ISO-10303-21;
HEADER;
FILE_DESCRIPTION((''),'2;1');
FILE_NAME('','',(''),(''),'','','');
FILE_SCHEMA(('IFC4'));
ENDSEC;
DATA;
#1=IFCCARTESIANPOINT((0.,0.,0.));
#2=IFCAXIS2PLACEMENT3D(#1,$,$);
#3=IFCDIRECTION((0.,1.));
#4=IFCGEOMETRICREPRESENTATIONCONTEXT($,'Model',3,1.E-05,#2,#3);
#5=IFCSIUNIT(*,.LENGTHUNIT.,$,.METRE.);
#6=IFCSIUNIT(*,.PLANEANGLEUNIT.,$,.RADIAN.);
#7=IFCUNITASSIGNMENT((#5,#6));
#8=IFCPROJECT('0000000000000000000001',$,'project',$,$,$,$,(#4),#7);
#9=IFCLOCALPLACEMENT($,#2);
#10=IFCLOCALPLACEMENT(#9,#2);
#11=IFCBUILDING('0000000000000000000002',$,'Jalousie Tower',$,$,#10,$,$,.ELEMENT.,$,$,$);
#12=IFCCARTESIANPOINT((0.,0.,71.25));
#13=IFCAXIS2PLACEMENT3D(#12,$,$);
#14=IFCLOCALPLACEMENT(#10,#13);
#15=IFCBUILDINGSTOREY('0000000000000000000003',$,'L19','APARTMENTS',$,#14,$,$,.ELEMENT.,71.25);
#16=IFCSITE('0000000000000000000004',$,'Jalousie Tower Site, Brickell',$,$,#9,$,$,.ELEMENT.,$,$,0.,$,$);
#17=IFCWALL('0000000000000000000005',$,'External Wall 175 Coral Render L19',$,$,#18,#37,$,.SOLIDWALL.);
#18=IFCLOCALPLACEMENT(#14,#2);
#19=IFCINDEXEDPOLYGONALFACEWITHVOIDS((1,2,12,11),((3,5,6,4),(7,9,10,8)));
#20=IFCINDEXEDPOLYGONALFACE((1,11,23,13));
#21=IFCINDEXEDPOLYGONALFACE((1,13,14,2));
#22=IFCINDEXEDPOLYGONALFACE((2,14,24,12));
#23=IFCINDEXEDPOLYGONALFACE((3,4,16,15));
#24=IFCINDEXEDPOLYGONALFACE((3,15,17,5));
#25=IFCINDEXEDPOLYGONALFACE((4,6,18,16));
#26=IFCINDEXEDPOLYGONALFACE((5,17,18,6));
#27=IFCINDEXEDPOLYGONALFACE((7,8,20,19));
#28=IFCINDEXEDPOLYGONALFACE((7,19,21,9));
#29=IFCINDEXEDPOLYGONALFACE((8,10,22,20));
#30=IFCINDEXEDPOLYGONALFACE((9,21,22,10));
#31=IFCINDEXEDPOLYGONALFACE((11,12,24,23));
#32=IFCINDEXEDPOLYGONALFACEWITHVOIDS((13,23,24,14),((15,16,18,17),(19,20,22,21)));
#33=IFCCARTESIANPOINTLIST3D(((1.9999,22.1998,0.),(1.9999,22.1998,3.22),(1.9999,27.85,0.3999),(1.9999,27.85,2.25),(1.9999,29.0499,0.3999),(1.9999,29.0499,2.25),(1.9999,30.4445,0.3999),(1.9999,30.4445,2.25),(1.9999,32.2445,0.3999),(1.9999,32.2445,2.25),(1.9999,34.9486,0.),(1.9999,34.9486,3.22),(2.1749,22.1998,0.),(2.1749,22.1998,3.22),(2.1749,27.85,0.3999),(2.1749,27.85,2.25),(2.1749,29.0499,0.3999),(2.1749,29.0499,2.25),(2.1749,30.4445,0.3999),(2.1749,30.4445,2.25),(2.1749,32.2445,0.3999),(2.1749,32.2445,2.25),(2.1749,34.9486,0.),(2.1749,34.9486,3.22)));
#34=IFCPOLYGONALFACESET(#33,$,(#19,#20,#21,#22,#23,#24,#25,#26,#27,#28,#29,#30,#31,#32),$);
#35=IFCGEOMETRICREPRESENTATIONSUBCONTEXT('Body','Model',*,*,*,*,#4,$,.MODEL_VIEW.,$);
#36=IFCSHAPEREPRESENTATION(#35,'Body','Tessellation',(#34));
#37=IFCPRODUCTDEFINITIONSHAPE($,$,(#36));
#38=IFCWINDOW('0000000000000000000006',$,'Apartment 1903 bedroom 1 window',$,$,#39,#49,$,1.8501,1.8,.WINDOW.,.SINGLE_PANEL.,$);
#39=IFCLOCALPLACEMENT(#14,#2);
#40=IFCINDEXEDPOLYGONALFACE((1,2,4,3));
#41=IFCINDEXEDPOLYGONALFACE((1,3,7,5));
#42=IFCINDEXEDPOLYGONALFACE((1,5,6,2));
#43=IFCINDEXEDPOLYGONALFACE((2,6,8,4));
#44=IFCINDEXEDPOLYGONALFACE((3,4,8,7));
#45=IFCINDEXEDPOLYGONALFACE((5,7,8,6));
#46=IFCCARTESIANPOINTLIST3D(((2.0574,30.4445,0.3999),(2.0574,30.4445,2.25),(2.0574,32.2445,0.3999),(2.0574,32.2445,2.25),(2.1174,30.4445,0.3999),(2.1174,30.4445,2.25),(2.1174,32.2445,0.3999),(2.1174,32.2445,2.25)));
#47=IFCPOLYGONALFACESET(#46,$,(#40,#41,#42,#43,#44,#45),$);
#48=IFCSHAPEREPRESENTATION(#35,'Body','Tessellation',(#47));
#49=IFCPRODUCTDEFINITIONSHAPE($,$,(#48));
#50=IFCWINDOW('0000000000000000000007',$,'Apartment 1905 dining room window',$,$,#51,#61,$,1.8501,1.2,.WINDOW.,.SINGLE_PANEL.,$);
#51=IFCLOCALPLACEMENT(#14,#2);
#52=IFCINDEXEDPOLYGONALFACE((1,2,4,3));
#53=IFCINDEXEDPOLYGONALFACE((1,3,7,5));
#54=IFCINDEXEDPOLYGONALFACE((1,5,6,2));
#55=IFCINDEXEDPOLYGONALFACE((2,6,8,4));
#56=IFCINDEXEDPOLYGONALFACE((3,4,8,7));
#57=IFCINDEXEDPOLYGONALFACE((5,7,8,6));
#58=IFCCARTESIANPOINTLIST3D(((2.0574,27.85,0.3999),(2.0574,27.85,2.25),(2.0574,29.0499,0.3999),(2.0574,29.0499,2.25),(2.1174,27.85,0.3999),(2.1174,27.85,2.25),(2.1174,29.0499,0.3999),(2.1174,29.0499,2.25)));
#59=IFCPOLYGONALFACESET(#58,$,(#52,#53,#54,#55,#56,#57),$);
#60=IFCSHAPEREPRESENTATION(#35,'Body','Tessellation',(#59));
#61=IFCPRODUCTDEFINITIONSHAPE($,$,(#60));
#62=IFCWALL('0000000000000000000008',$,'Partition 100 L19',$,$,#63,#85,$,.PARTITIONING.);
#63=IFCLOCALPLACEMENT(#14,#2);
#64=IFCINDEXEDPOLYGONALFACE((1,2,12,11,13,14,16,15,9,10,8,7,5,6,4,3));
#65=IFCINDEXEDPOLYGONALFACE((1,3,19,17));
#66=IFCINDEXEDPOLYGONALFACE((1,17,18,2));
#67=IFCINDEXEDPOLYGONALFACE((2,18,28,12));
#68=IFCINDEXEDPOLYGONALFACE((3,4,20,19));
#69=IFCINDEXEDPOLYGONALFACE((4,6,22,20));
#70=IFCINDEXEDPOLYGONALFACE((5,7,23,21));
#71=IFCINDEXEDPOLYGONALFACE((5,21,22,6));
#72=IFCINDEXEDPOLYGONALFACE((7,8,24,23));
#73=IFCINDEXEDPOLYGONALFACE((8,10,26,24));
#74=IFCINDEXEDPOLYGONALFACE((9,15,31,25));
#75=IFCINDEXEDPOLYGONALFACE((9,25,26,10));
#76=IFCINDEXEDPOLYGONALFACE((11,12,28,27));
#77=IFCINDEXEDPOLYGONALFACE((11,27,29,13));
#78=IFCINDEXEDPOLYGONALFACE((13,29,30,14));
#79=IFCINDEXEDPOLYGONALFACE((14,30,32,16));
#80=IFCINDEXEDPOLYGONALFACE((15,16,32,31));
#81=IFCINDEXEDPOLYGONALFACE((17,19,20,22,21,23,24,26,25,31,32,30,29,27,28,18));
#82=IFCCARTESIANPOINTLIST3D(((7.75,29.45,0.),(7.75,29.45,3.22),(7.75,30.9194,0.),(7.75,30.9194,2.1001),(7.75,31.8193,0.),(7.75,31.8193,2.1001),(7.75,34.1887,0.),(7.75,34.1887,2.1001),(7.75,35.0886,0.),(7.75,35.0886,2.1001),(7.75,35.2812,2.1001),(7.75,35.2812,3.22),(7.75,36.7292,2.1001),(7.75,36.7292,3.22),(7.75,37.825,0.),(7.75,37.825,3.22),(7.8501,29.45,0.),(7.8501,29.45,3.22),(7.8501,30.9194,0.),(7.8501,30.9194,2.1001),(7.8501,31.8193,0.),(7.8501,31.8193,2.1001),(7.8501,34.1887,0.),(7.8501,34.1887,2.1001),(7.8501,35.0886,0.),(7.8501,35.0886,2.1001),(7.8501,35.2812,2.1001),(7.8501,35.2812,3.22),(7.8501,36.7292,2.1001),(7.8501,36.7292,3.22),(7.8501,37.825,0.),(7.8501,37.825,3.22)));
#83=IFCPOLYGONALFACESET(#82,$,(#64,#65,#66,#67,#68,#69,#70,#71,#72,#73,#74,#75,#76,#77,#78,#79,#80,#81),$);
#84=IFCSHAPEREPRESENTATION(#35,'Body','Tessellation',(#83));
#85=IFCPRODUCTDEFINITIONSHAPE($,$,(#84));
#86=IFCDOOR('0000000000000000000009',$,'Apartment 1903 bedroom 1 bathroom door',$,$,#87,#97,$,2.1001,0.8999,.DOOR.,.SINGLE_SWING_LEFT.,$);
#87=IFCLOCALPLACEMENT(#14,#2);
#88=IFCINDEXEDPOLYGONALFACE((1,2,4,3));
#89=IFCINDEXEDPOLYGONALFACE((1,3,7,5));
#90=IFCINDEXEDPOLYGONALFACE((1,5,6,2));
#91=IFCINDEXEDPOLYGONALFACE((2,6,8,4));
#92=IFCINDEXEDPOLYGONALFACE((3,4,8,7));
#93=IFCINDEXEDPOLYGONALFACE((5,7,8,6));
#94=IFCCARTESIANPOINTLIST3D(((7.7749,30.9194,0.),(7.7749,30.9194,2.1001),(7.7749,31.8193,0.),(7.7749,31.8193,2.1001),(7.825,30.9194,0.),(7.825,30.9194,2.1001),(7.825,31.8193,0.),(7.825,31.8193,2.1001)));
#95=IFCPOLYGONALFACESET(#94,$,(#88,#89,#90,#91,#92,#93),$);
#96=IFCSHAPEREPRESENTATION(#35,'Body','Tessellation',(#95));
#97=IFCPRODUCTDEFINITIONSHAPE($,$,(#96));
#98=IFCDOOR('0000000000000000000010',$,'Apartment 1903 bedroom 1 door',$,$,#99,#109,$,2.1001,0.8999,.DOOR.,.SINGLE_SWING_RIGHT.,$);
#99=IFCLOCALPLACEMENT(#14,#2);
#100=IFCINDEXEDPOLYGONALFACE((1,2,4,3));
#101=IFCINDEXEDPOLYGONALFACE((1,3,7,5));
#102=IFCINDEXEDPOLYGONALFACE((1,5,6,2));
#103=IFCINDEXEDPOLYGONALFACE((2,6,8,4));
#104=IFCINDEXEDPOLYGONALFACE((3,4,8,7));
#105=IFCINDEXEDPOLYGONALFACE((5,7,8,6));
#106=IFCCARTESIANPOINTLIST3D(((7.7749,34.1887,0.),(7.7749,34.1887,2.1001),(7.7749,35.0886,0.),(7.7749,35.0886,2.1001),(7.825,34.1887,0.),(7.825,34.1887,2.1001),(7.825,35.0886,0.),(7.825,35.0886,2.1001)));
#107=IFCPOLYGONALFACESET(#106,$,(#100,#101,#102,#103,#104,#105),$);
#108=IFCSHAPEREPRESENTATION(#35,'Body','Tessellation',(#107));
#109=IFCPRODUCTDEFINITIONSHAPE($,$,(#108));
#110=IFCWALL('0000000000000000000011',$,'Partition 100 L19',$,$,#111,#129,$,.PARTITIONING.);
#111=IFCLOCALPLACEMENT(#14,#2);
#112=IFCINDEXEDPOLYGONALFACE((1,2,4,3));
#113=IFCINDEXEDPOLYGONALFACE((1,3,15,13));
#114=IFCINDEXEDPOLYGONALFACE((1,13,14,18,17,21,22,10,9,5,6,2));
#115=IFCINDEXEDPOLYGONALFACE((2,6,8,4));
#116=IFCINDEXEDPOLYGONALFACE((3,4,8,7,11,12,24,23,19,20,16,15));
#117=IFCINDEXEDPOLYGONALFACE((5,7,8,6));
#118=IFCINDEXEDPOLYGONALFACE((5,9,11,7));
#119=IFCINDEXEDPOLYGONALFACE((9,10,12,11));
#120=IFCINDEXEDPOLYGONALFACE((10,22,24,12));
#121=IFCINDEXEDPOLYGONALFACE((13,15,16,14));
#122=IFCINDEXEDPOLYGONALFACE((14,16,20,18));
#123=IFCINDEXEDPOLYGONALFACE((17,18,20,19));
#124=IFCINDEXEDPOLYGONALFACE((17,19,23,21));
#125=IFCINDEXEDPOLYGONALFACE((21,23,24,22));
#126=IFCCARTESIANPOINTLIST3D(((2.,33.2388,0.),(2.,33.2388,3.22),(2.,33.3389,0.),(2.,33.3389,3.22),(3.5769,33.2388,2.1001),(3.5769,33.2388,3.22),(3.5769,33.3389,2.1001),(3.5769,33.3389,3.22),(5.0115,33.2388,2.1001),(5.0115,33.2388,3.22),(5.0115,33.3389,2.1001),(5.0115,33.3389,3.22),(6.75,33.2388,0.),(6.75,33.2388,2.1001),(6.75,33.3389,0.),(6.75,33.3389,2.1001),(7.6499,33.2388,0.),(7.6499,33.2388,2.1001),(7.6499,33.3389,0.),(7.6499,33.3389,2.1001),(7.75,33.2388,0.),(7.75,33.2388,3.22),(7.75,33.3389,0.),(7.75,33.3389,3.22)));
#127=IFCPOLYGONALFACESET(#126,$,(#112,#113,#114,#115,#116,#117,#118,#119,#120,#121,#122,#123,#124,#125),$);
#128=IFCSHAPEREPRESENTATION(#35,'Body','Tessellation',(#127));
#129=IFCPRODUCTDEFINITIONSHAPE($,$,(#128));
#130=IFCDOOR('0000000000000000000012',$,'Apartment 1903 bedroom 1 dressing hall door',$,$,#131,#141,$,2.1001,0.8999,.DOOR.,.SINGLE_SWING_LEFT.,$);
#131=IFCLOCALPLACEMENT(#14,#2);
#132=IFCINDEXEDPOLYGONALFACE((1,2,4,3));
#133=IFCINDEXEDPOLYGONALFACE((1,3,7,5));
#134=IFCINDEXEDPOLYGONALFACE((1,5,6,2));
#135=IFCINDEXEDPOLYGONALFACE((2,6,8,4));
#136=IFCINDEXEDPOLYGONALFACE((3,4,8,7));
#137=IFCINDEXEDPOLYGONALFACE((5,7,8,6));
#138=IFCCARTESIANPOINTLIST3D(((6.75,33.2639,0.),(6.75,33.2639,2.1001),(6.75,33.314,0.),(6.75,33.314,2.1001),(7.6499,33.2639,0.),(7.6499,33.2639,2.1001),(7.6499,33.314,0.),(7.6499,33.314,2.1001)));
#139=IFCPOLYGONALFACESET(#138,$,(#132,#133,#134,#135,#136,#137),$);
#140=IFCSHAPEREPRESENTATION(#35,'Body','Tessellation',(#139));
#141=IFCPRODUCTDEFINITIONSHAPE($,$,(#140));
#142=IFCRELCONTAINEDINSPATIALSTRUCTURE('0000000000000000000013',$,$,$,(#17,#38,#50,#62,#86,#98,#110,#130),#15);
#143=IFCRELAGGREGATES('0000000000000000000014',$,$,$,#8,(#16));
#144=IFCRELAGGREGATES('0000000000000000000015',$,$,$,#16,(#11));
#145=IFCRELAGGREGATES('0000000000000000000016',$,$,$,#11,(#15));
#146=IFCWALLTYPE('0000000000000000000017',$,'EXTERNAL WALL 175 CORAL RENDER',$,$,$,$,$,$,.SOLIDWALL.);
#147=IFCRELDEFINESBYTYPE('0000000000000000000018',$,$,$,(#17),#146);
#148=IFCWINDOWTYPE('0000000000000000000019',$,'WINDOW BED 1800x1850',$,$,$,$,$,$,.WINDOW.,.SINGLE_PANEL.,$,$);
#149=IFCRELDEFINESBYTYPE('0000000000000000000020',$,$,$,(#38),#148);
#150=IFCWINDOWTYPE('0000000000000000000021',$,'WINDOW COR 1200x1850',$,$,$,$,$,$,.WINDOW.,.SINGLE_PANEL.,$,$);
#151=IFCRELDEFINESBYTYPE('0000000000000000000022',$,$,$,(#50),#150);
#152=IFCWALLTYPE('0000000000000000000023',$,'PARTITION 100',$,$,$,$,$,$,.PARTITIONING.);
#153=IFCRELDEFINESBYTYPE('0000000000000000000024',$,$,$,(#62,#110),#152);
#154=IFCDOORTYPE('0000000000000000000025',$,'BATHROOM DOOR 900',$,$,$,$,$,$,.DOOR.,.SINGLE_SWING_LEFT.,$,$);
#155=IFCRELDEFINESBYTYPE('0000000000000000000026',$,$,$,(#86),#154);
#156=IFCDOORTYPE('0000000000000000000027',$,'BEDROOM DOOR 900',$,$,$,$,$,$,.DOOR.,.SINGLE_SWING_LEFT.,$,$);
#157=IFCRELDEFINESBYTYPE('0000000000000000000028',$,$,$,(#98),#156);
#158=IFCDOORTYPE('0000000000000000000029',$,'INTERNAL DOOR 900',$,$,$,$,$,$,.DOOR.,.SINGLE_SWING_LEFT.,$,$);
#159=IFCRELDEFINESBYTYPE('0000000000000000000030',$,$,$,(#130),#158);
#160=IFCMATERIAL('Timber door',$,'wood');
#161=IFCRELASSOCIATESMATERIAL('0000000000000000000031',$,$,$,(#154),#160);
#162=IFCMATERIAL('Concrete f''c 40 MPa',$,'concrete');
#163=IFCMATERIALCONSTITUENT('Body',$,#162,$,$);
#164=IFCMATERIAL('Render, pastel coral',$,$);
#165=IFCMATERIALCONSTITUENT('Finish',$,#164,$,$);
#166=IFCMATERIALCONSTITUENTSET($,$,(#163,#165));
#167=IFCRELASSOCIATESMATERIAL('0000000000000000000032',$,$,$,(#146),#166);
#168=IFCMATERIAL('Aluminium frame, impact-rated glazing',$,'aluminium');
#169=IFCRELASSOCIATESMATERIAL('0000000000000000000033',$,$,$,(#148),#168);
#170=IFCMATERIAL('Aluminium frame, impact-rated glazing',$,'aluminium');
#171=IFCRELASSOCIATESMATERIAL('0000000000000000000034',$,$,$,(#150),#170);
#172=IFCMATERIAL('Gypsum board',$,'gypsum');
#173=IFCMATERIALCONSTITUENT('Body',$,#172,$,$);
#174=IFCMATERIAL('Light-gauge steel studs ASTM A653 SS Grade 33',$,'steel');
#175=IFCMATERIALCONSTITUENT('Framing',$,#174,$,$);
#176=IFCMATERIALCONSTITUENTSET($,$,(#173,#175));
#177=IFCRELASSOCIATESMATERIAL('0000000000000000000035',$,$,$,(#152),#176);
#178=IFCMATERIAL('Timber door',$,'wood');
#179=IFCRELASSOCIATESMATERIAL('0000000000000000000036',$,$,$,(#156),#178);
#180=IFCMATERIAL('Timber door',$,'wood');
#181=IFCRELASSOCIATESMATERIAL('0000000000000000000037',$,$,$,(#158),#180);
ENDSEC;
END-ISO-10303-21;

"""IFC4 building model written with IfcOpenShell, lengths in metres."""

from ifc_helpers import new_model, si_unit, direction, frame, frame_2d, origin, place, context, subcontext, project, spatial, polyline, rectangle, outline, extrude, material, constituent, constituent_set, type_object, element, fill, save


model = new_model("IFC4")

# Units and contexts
model_context = context("Model", 3, precision=1e-05, world=origin(), true_north=direction((0.0, 1.0)))
body_context = subcontext(model_context, "Body", "Model", "MODEL_VIEW")
ifc_project = project(units=[si_unit("LENGTHUNIT", "METRE"), si_unit("PLANEANGLEUNIT", "RADIAN")], contexts=[model_context])

# Site, building, storey
site_placement = place(None, origin())
site = spatial("IfcSite", under=ifc_project, at=site_placement, Name="Jalousie Tower Site, Brickell", CompositionType="ELEMENT", RefElevation=0.0)
building_placement = place(site_placement, origin())
building = spatial("IfcBuilding", under=site, at=building_placement, Name="Jalousie Tower", CompositionType="ELEMENT")
storey_placement = place(building_placement, frame((0.0, 0.0, 71.25)))
storey = spatial("IfcBuildingStorey", under=building, at=storey_placement, Name="L19", Description="APARTMENTS", CompositionType="ELEMENT", Elevation=71.25)

# Shared definitions
ifc_material_1 = material(Name="Timber door", Category="wood")
door_type_1 = type_object("IfcDoorType", Name="BATHROOM DOOR 900", OperationType="SINGLE_SWING_LEFT", PredefinedType="DOOR", material=ifc_material_1)

# Wall, openings, windows
ifc_material_2 = material(Name="Concrete f'c 40 MPa", Category="concrete")
ifc_constituent_1 = constituent(ifc_material_2, Name="Body")
ifc_material_3 = material(Name="Render, pastel coral")
ifc_constituent_2 = constituent(ifc_material_3, Name="Finish")
ifc_constituent_set_1 = constituent_set(constituents=[ifc_constituent_1, ifc_constituent_2])
wall_type_1 = type_object("IfcWallType", Name="EXTERNAL WALL 175 CORAL RENDER", PredefinedType="SOLIDWALL", material=ifc_constituent_set_1)
wall_1_placement = place(storey_placement, frame((2.0874, 34.9487, 0.0), z_axis=(0.0, 0.0, 1.0), x_axis=(0.0, -1.0, 0.0)))
wall_1 = element("IfcWall", 1, at=wall_1_placement, inside=storey, type_object=wall_type_1, Name="External Wall 175 Coral Render L19", PredefinedType="SOLIDWALL", context=body_context, shape_type="SweptSolid", body=[
    extrude(rectangle(XDim=12.7488, YDim=0.175, at=frame_2d((6.3745, 0.0))), origin(), (0.0, 0.0, 1.0), 3.22),
])
opening_1_placement = place(wall_1_placement, frame((2.7043, 0.0, 0.3999)))
opening_1 = element("IfcOpeningElement", 2, at=opening_1_placement, cuts=wall_1, PredefinedType="OPENING", context=body_context, shape_type="SweptSolid", body=[
    extrude(rectangle(XDim=1.8, YDim=1.8501, at=frame_2d((0.8999, 0.925))), frame((0.0, 0.0974, 0.0), z_axis=(0.0, -1.0, 0.0), x_axis=(1.0, 0.0, 0.0)), (0.0, 0.0, 1.0), 0.1951),
])
opening_2_placement = place(wall_1_placement, frame((5.8987, 0.0, 0.3999)))
opening_2 = element("IfcOpeningElement", 3, at=opening_2_placement, cuts=wall_1, PredefinedType="OPENING", context=body_context, shape_type="SweptSolid", body=[
    extrude(rectangle(XDim=1.2, YDim=1.8501, at=frame_2d((0.6001, 0.925))), frame((0.0, 0.0974, 0.0), z_axis=(0.0, -1.0, 0.0), x_axis=(1.0, 0.0, 0.0)), (0.0, 0.0, 1.0), 0.1951),
])
ifc_material_4 = material(Name="Aluminium frame, impact-rated glazing", Category="aluminium")
window_type_1 = type_object("IfcWindowType", Name="WINDOW BED 1800x1850", PartitioningType="SINGLE_PANEL", PredefinedType="WINDOW", material=ifc_material_4)
window_1_placement = place(opening_1_placement, origin())
window_1 = element("IfcWindow", 4, at=window_1_placement, inside=storey, type_object=window_type_1, Name="Apartment 1903 bedroom 1 window", OverallHeight=1.8501, OverallWidth=1.8, PartitioningType="SINGLE_PANEL", PredefinedType="WINDOW", context=body_context, shape_type="SweptSolid", body=[
    extrude(rectangle(XDim=1.8, YDim=1.8501, at=frame_2d((0.8999, 0.925))), frame((0.0, 0.03, 0.0), z_axis=(0.0, -1.0, 0.0), x_axis=(1.0, 0.0, 0.0)), (0.0, 0.0, 1.0), 0.0601),
])
fill(opening_1, window_1)
ifc_material_5 = material(Name="Aluminium frame, impact-rated glazing", Category="aluminium")
window_type_2 = type_object("IfcWindowType", Name="WINDOW COR 1200x1850", PartitioningType="SINGLE_PANEL", PredefinedType="WINDOW", material=ifc_material_5)
window_2_placement = place(opening_2_placement, origin())
window_2 = element("IfcWindow", 5, at=window_2_placement, inside=storey, type_object=window_type_2, Name="Apartment 1905 dining room window", OverallHeight=1.8501, OverallWidth=1.2, PartitioningType="SINGLE_PANEL", PredefinedType="WINDOW", context=body_context, shape_type="SweptSolid", body=[
    extrude(rectangle(XDim=1.2, YDim=1.8501, at=frame_2d((0.6001, 0.925))), frame((0.0, 0.03, 0.0), z_axis=(0.0, -1.0, 0.0), x_axis=(1.0, 0.0, 0.0)), (0.0, 0.0, 1.0), 0.0601),
])
fill(opening_2, window_2)

# Wall, openings, doors
ifc_material_6 = material(Name="Gypsum board", Category="gypsum")
ifc_constituent_3 = constituent(ifc_material_6, Name="Body")
ifc_material_7 = material(Name="Light-gauge steel studs ASTM A653 SS Grade 33", Category="steel")
ifc_constituent_4 = constituent(ifc_material_7, Name="Framing")
ifc_constituent_set_2 = constituent_set(constituents=[ifc_constituent_3, ifc_constituent_4])
wall_type_2 = type_object("IfcWallType", Name="PARTITION 100", PredefinedType="PARTITIONING", material=ifc_constituent_set_2)
wall_2_placement = place(storey_placement, frame((7.8, 37.825, 0.0), z_axis=(0.0, 0.0, 1.0), x_axis=(0.0, -1.0, 0.0)))
wall_2 = element("IfcWall", 6, at=wall_2_placement, inside=storey, type_object=wall_type_2, Name="Partition 100 L19", PredefinedType="PARTITIONING", context=body_context, shape_type="SweptSolid", body=[
    extrude(outline(polyline([(0.0, 0.0), (8.375, 0.0), (8.375, 3.22), (2.5437, 3.22), (2.5437, 2.1001), (1.0957, 2.1001), (1.0957, 3.22), (0.0, 3.22), (0.0, 0.0)])), frame((0.0, 0.05, 0.0), z_axis=(0.0, -1.0, 0.0), x_axis=(1.0, 0.0, 0.0)), (0.0, 0.0, 1.0), 0.1001),
])
opening_3_placement = place(wall_2_placement, frame((2.7363, 0.0, 0.0)))
opening_3 = element("IfcOpeningElement", 7, at=opening_3_placement, cuts=wall_2, PredefinedType="OPENING", context=body_context, shape_type="SweptSolid", body=[
    extrude(rectangle(XDim=0.8999, YDim=2.1001, at=frame_2d((0.45, 1.05))), frame((0.0, 0.0601, 0.0), z_axis=(0.0, -1.0, 0.0), x_axis=(1.0, 0.0, 0.0)), (0.0, 0.0, 1.0), 0.1201),
])
opening_4_placement = place(wall_2_placement, frame((6.0056, 0.0, 0.0)))
opening_4 = element("IfcOpeningElement", 8, at=opening_4_placement, cuts=wall_2, PredefinedType="OPENING", context=body_context, shape_type="SweptSolid", body=[
    extrude(rectangle(XDim=0.8999, YDim=2.1001, at=frame_2d((0.45, 1.05))), frame((0.0, 0.0601, 0.0), z_axis=(0.0, -1.0, 0.0), x_axis=(1.0, 0.0, 0.0)), (0.0, 0.0, 1.0), 0.1201),
])
door_1_placement = place(opening_4_placement, origin())
door_1 = element("IfcDoor", 9, at=door_1_placement, inside=storey, type_object=door_type_1, Name="Apartment 1903 bedroom 1 bathroom door", OperationType="SINGLE_SWING_LEFT", OverallHeight=2.1001, OverallWidth=0.8999, PredefinedType="DOOR", context=body_context, shape_type="SweptSolid", body=[
    extrude(rectangle(XDim=0.8999, YDim=2.1001, at=frame_2d((0.45, 1.05))), frame((0.0, 0.0249, 0.0), z_axis=(0.0, -1.0, 0.0), x_axis=(1.0, 0.0, 0.0)), (0.0, 0.0, 1.0), 0.05),
])
fill(opening_4, door_1)
ifc_material_8 = material(Name="Timber door", Category="wood")
door_type_2 = type_object("IfcDoorType", Name="BEDROOM DOOR 900", OperationType="SINGLE_SWING_LEFT", PredefinedType="DOOR", material=ifc_material_8)
door_2_placement = place(opening_3_placement, origin())
door_2 = element("IfcDoor", 10, at=door_2_placement, inside=storey, type_object=door_type_2, Name="Apartment 1903 bedroom 1 door", OperationType="SINGLE_SWING_RIGHT", OverallHeight=2.1001, OverallWidth=0.8999, PredefinedType="DOOR", context=body_context, shape_type="SweptSolid", body=[
    extrude(rectangle(XDim=0.8999, YDim=2.1001, at=frame_2d((0.45, 1.05))), frame((0.0, 0.0249, 0.0), z_axis=(0.0, -1.0, 0.0), x_axis=(1.0, 0.0, 0.0)), (0.0, 0.0, 1.0), 0.05),
])
fill(opening_3, door_2)

# Wall, opening, door
wall_3_placement = place(storey_placement, frame((2.0, 33.2888, 0.0), z_axis=(0.0, 0.0, 1.0), x_axis=(1.0, 0.0, 0.0)))
wall_3 = element("IfcWall", 11, at=wall_3_placement, inside=storey, type_object=wall_type_2, Name="Partition 100 L19", PredefinedType="PARTITIONING", context=body_context, shape_type="SweptSolid", body=[
    extrude(outline(polyline([(0.0, 0.0), (5.75, 0.0), (5.75, 3.22), (3.0115, 3.22), (3.0115, 2.1001), (1.5769, 2.1001), (1.5769, 3.22), (0.0, 3.22), (0.0, 0.0)])), frame((0.0, 0.05, 0.0), z_axis=(0.0, -1.0, 0.0), x_axis=(1.0, 0.0, 0.0)), (0.0, 0.0, 1.0), 0.1001),
])
opening_5_placement = place(wall_3_placement, frame((4.75, 0.0, 0.0)))
opening_5 = element("IfcOpeningElement", 12, at=opening_5_placement, cuts=wall_3, PredefinedType="OPENING", context=body_context, shape_type="SweptSolid", body=[
    extrude(rectangle(XDim=0.8999, YDim=2.1001, at=frame_2d((0.45, 1.05))), frame((0.0, 0.0601, 0.0), z_axis=(0.0, -1.0, 0.0), x_axis=(1.0, 0.0, 0.0)), (0.0, 0.0, 1.0), 0.1201),
])
ifc_material_9 = material(Name="Timber door", Category="wood")
door_type_3 = type_object("IfcDoorType", Name="INTERNAL DOOR 900", OperationType="SINGLE_SWING_LEFT", PredefinedType="DOOR", material=ifc_material_9)
door_3_placement = place(opening_5_placement, frame((0.8999, 0.0, 0.0), z_axis=(0.0, 0.0, 1.0), x_axis=(-1.0, 0.0, 0.0)))
door_3 = element("IfcDoor", 13, at=door_3_placement, inside=storey, type_object=door_type_3, Name="Apartment 1903 bedroom 1 dressing hall door", OperationType="SINGLE_SWING_LEFT", OverallHeight=2.1001, OverallWidth=0.8999, PredefinedType="DOOR", context=body_context, shape_type="SweptSolid", body=[
    extrude(rectangle(XDim=0.8999, YDim=2.1001, at=frame_2d((0.45, 1.05))), frame((0.0, 0.0249, 0.0), z_axis=(0.0, -1.0, 0.0), x_axis=(1.0, 0.0, 0.0)), (0.0, 0.0, 1.0), 0.05),
])
fill(opening_5, door_3)

save(model, "model.ifc")
